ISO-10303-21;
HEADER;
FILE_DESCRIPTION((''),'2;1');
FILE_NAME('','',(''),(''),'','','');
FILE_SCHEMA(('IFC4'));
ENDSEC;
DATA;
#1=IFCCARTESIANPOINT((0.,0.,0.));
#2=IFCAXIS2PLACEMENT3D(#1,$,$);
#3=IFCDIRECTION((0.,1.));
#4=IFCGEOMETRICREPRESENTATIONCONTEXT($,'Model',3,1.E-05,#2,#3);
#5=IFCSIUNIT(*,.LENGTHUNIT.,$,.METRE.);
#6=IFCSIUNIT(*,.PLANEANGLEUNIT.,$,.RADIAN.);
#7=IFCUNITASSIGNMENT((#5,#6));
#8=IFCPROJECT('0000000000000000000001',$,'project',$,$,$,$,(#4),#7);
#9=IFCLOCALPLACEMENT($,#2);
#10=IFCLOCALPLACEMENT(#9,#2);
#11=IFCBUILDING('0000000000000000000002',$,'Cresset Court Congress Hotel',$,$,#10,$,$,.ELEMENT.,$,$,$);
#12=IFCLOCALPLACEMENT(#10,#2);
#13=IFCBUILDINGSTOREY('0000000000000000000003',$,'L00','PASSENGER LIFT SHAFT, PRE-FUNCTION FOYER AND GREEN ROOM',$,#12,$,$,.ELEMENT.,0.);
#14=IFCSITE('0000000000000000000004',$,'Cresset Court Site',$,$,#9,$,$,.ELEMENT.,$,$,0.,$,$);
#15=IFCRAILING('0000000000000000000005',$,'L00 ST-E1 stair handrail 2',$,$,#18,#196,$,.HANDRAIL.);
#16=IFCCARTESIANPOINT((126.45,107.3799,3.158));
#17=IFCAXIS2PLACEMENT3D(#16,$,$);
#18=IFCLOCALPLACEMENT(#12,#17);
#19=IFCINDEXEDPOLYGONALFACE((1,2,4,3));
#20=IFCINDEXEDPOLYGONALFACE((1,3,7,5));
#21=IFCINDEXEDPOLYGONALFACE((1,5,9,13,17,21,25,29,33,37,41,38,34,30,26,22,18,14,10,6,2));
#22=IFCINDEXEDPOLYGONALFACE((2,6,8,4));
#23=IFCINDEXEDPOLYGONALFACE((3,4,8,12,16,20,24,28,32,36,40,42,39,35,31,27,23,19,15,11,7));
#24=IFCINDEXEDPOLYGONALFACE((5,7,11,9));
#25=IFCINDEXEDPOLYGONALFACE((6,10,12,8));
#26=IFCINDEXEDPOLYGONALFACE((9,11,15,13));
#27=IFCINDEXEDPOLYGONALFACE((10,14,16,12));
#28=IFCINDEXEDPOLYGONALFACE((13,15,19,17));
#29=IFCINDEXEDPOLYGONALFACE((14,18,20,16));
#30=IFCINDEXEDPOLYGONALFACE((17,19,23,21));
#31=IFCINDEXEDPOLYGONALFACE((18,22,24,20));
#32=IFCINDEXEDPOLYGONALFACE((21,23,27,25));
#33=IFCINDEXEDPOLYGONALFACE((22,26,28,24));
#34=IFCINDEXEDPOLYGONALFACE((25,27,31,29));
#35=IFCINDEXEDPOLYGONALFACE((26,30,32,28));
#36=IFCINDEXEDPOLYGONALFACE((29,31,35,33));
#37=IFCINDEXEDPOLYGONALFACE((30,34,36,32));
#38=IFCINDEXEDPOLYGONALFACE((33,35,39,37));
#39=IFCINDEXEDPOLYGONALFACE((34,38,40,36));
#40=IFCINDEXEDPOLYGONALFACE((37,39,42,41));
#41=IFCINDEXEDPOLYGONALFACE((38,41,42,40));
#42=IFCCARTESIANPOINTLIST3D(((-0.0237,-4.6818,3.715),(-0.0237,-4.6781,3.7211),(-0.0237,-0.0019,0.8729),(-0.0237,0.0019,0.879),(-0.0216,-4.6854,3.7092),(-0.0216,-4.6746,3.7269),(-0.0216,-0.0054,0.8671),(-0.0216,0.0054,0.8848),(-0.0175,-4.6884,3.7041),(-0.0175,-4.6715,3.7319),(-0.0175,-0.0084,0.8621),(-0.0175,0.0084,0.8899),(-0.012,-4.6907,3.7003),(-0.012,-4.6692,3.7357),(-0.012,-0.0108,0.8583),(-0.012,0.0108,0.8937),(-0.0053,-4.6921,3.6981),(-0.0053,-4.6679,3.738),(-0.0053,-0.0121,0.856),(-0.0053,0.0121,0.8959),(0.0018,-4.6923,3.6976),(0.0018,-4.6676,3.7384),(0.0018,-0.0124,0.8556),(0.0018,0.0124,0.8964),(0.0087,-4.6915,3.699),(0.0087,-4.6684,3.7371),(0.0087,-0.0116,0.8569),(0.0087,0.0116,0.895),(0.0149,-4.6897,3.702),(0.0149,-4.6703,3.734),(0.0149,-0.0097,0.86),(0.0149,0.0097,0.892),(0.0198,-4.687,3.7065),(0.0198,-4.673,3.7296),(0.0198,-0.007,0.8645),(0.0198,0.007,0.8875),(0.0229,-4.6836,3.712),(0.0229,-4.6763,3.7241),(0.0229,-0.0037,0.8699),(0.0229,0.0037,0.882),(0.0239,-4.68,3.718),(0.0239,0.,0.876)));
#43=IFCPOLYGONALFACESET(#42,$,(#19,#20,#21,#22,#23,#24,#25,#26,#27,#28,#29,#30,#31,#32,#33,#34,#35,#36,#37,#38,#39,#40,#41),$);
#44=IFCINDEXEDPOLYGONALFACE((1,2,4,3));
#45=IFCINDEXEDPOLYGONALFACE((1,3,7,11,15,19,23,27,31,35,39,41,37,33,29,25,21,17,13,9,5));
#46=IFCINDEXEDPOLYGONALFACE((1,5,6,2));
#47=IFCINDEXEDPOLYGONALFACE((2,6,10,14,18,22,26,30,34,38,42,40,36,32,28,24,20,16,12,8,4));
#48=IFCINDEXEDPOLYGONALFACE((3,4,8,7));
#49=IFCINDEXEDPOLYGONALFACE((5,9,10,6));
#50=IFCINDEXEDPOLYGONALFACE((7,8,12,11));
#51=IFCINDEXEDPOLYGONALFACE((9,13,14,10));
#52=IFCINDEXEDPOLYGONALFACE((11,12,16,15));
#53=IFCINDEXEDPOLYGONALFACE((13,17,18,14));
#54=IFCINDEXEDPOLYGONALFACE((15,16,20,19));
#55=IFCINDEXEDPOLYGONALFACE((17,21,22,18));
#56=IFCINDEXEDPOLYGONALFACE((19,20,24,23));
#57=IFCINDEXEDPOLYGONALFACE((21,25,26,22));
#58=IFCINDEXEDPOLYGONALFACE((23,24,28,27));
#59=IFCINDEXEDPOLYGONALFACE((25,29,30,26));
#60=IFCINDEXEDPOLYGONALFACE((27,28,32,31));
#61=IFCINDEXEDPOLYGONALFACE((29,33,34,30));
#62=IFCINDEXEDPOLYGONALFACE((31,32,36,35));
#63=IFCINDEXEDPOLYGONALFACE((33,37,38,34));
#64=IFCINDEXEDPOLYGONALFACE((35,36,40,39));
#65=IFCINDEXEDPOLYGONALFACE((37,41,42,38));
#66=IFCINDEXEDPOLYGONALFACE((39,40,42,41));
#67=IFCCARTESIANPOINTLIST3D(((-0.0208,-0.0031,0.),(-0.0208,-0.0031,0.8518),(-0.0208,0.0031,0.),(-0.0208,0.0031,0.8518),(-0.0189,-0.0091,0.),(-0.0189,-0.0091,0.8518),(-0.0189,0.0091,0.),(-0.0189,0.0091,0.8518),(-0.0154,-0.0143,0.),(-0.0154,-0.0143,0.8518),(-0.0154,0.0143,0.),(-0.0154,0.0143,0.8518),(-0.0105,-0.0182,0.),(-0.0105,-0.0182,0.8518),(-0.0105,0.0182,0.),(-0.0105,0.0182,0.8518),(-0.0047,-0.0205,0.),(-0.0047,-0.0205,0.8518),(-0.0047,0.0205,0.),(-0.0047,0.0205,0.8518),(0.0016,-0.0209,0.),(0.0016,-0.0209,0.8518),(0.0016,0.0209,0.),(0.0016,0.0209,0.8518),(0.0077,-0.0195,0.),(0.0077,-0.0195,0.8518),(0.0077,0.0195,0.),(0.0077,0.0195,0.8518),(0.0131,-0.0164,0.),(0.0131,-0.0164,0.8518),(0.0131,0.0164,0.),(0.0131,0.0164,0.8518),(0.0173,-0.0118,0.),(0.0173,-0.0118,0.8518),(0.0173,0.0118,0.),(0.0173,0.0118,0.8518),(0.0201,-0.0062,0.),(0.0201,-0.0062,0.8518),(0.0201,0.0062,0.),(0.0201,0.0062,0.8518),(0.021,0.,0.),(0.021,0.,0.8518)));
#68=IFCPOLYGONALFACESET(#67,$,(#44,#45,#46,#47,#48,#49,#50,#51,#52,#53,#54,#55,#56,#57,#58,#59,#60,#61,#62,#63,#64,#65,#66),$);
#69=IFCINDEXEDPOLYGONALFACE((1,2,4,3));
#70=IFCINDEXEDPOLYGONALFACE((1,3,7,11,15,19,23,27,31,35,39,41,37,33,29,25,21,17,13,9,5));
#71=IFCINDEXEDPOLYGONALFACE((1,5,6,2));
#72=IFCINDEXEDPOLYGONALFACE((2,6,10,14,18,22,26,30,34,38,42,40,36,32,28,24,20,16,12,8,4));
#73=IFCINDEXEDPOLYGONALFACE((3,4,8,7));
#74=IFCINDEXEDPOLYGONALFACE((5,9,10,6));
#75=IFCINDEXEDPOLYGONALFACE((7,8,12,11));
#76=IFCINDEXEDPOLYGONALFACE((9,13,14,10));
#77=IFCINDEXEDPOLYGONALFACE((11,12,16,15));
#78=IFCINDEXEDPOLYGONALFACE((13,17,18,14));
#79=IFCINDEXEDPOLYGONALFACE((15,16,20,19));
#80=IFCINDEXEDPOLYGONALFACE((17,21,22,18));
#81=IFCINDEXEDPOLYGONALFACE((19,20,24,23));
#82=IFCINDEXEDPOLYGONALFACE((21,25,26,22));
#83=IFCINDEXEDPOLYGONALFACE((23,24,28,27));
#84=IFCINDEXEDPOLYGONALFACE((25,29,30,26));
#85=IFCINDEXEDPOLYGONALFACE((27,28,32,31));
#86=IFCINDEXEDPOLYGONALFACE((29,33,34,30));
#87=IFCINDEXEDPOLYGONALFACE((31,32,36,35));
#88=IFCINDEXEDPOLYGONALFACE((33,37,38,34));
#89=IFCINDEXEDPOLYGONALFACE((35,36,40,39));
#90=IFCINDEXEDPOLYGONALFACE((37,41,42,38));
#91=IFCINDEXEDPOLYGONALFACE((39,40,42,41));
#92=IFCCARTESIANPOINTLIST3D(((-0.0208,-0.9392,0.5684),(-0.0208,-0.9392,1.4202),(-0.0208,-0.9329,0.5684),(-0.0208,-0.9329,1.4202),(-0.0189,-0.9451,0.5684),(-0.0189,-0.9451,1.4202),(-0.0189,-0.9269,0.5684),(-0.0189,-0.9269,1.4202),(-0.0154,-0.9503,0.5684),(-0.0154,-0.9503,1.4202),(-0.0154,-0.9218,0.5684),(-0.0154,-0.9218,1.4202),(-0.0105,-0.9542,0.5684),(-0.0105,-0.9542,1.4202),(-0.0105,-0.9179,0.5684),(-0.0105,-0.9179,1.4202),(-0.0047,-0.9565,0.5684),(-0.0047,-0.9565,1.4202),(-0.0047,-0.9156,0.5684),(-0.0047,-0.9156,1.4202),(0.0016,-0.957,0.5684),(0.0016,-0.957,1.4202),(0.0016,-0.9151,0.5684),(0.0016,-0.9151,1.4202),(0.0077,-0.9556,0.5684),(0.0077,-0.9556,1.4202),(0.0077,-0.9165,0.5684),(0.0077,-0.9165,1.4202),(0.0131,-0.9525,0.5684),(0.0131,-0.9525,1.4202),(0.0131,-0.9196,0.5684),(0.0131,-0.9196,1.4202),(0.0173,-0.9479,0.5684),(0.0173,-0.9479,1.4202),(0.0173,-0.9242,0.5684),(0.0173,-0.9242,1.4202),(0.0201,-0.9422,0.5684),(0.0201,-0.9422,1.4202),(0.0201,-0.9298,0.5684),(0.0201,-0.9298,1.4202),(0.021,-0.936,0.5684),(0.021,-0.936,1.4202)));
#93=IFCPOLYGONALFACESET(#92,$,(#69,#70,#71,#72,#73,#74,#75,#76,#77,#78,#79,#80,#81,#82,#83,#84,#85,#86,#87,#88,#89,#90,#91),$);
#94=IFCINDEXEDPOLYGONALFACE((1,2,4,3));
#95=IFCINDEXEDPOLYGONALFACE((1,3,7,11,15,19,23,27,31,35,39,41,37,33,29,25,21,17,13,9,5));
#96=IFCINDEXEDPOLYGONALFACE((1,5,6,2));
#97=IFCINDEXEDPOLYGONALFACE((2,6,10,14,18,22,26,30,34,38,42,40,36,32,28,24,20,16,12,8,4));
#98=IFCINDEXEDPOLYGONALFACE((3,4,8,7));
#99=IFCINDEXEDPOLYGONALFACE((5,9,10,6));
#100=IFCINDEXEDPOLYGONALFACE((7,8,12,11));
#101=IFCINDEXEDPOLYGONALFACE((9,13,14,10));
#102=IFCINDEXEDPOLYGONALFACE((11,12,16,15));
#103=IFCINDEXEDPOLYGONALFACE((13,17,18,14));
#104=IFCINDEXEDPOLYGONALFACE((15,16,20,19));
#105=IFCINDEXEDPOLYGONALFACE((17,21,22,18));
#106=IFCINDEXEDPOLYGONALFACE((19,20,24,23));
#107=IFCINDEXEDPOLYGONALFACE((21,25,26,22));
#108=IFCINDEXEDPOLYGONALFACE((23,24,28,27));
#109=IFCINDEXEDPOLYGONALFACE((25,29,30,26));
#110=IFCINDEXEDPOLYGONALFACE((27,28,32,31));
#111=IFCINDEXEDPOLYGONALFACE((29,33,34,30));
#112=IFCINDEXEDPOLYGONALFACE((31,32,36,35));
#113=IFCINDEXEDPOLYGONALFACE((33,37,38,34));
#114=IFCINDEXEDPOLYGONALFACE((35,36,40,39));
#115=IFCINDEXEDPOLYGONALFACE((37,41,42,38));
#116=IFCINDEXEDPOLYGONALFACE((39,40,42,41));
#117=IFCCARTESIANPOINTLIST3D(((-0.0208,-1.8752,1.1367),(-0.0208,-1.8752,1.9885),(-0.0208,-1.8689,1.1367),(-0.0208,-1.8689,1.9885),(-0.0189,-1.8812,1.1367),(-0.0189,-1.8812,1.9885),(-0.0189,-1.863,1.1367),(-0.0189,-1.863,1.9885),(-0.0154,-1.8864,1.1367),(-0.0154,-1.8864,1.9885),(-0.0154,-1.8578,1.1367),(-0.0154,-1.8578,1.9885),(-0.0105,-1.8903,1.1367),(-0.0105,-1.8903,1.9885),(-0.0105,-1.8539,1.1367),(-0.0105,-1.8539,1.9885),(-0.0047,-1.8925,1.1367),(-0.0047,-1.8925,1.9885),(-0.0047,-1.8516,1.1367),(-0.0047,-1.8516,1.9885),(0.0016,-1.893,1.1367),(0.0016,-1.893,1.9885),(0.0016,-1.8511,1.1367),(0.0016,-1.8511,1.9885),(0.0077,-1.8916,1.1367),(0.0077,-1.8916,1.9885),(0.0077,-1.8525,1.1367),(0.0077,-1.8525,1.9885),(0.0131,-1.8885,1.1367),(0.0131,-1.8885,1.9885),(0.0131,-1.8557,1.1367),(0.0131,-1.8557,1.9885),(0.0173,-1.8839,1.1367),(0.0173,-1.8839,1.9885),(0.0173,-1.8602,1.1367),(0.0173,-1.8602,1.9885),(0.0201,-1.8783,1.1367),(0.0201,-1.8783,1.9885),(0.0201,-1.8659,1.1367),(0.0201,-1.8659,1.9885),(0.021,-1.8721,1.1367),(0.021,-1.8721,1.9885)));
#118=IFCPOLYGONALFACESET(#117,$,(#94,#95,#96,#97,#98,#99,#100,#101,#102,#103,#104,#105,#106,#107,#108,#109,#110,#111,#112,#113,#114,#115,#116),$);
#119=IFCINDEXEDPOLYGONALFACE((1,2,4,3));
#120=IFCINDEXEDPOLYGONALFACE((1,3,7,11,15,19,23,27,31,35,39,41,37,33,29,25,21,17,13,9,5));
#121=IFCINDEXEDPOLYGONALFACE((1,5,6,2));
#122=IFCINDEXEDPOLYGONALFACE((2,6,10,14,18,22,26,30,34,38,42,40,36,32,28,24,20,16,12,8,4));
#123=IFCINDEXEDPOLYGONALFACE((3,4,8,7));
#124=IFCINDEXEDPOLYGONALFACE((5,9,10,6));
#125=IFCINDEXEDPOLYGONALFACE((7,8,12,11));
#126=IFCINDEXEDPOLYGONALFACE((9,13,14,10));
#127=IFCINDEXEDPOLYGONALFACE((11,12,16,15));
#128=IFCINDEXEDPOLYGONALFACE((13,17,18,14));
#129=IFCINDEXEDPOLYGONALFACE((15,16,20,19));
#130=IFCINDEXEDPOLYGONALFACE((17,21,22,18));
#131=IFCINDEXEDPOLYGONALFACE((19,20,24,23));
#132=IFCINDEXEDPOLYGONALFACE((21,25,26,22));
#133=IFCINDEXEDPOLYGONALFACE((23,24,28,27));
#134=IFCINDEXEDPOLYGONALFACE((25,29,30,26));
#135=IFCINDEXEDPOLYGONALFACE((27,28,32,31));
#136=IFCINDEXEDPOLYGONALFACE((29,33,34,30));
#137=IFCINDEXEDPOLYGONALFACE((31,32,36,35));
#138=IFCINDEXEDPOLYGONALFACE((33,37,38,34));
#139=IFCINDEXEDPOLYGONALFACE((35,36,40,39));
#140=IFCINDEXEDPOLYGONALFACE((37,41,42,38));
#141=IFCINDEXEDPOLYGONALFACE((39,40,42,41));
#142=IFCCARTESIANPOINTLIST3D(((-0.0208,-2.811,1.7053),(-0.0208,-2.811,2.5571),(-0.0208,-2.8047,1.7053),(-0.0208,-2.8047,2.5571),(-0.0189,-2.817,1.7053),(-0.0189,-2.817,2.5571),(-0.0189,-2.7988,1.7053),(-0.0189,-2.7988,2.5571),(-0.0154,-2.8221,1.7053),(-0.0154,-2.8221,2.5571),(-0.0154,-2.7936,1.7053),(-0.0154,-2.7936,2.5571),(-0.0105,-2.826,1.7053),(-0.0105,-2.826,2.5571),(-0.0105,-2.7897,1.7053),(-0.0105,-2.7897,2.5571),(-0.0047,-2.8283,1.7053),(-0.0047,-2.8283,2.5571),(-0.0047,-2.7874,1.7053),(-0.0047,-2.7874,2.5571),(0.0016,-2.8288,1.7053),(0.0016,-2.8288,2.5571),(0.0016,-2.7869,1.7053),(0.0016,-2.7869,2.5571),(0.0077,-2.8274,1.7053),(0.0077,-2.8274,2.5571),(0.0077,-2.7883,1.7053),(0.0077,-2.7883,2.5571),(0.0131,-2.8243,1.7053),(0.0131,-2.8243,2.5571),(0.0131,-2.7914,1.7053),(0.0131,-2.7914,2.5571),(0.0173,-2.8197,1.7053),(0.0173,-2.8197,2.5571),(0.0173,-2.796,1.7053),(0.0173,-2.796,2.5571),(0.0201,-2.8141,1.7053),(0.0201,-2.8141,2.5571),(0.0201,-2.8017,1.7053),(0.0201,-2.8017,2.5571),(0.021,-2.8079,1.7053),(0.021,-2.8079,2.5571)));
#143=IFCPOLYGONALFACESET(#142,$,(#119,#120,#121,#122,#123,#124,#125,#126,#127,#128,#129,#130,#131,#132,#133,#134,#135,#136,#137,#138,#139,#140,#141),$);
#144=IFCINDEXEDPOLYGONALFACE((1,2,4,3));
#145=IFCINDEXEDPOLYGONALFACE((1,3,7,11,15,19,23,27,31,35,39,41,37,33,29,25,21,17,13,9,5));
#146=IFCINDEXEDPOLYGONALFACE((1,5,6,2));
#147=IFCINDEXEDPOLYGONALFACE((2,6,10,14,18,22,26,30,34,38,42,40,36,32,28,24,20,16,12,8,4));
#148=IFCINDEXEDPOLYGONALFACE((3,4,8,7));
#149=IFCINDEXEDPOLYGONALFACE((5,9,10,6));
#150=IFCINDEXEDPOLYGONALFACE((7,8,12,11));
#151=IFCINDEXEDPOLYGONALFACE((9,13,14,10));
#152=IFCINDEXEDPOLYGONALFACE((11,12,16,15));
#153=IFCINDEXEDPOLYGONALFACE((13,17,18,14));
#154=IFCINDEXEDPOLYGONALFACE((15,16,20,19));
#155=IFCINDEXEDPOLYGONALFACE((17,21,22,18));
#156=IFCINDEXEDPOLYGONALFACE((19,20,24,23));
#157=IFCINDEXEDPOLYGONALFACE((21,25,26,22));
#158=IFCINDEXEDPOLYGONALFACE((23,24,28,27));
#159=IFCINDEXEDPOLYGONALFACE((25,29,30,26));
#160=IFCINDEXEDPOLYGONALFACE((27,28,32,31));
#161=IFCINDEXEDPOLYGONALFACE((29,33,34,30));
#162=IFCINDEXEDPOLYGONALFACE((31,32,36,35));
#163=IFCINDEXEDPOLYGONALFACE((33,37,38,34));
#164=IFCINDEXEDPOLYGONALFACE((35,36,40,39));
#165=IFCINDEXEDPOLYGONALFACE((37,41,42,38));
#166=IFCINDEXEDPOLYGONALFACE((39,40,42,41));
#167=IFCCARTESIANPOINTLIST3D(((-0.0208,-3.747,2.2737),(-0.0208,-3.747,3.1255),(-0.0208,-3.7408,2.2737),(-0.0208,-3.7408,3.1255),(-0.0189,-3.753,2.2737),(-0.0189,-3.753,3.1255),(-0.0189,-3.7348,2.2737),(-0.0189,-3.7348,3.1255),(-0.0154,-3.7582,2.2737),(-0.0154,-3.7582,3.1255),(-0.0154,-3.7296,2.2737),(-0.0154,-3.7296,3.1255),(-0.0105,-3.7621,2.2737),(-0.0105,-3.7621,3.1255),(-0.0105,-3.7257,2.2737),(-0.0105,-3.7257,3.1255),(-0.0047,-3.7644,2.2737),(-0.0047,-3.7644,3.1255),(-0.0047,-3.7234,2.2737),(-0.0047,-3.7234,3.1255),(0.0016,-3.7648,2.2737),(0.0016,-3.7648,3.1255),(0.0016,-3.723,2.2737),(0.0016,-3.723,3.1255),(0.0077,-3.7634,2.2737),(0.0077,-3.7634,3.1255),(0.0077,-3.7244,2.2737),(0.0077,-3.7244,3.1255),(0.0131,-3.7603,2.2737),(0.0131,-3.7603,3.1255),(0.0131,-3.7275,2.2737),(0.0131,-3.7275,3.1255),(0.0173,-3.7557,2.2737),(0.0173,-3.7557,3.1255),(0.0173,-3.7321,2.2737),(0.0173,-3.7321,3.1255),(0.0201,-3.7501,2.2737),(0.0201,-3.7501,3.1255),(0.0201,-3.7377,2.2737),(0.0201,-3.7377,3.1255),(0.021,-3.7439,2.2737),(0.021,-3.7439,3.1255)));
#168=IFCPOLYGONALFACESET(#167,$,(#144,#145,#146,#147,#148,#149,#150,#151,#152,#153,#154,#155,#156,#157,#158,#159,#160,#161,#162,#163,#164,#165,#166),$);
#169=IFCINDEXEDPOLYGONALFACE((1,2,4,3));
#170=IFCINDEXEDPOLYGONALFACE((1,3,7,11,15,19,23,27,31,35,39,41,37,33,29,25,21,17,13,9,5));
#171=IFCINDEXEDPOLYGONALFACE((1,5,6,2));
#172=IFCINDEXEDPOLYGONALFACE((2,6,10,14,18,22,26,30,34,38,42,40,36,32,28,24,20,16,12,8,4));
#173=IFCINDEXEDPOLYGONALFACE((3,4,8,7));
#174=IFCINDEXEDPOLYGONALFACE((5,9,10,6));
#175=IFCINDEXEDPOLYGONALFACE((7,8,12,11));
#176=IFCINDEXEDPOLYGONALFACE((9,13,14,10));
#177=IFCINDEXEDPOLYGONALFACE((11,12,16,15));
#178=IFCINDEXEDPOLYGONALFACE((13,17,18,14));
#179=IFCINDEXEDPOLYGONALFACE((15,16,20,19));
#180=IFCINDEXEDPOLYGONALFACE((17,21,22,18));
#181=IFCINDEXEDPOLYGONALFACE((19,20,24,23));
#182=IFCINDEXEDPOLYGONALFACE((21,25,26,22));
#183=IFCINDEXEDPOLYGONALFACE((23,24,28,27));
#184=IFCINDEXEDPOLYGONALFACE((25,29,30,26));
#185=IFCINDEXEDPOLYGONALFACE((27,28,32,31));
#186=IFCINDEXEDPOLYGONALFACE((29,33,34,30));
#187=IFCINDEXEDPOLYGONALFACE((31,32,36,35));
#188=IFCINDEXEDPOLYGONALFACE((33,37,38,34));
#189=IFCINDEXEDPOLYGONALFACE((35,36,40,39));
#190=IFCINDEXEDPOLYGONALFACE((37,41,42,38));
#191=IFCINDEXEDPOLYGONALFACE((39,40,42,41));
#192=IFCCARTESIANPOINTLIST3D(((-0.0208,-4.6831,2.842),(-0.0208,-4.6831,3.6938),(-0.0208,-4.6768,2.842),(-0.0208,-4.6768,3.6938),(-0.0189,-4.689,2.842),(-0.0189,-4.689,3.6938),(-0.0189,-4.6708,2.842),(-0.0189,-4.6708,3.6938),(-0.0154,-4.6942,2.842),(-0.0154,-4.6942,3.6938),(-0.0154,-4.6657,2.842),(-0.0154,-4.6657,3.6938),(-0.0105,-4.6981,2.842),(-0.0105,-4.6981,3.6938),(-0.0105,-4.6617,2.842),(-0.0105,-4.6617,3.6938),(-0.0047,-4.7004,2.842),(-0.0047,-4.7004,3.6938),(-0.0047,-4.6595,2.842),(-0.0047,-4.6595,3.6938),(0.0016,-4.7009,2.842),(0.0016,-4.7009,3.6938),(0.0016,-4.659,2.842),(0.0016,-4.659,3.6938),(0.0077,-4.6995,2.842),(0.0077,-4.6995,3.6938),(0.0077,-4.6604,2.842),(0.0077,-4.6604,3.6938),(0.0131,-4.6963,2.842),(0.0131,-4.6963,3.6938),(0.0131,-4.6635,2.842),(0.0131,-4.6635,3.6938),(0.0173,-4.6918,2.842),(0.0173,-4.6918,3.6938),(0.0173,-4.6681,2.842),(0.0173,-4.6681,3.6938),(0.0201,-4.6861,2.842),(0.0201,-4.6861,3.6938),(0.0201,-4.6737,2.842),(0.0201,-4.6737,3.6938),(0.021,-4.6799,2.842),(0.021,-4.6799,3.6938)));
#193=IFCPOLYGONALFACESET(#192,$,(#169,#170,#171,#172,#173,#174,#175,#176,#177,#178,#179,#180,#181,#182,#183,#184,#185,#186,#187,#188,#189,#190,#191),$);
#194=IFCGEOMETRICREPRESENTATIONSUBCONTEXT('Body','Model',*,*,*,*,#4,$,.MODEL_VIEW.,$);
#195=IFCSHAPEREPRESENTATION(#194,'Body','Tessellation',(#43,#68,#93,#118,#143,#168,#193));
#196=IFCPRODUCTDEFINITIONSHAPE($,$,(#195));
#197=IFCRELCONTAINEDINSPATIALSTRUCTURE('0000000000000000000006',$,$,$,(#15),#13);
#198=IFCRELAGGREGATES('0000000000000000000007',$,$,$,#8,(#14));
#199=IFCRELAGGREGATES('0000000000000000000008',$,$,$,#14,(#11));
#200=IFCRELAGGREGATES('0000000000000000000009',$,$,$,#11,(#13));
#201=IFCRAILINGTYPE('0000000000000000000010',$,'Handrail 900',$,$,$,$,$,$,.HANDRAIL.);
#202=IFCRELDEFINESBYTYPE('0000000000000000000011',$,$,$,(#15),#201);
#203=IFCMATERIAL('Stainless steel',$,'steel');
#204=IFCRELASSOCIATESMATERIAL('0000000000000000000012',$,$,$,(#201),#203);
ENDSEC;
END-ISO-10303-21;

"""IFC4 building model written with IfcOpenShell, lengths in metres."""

from ifc_helpers import new_model, si_unit, direction, frame, origin, origin_2d, place, context, subcontext, project, spatial, circle, extrude, material, type_object, element, save


model = new_model("IFC4")

# Units and contexts
model_context = context("Model", 3, precision=1e-05, world=origin(), true_north=direction((0.0, 1.0)))
body_context = subcontext(model_context, "Body", "Model", "MODEL_VIEW")
ifc_project = project(units=[si_unit("LENGTHUNIT", "METRE"), si_unit("PLANEANGLEUNIT", "RADIAN")], contexts=[model_context])

# Site, building, storey
site_placement = place(None, origin())
site = spatial("IfcSite", under=ifc_project, at=site_placement, Name="Cresset Court Site", CompositionType="ELEMENT", RefElevation=0.0)
building_placement = place(site_placement, origin())
building = spatial("IfcBuilding", under=site, at=building_placement, Name="Cresset Court Congress Hotel", CompositionType="ELEMENT")
storey_placement = place(building_placement, origin())
storey = spatial("IfcBuildingStorey", under=building, at=storey_placement, Name="L00", Description="PASSENGER LIFT SHAFT, PRE-FUNCTION FOYER AND GREEN ROOM", CompositionType="ELEMENT", Elevation=0.0)

# Railing
ifc_material_1 = material(Name="Stainless steel", Category="steel")
railing_type_1 = type_object("IfcRailingType", Name="Handrail 900", PredefinedType="HANDRAIL", material=ifc_material_1)
railing_1_placement = place(storey_placement, frame((126.45, 107.3799, 3.158)))
element("IfcRailing", 1, at=railing_1_placement, inside=storey, type_object=railing_type_1, Name="L00 ST-E1 stair handrail 2", PredefinedType="HANDRAIL", context=body_context, shape_type="SweptSolid", body=[
    extrude(circle(Radius=0.0239, at=origin_2d()), frame((0.0, 0.0, 0.876), z_axis=(0.0, -0.854735, 0.519065), x_axis=(1.0, 0.0, 0.0)), (0.0, 0.0, 1.0), 5.4753),
    extrude(circle(Radius=0.021, at=origin_2d()), origin(), (0.0, 0.0, 1.0), 0.8518),
    extrude(circle(Radius=0.021, at=origin_2d()), frame((0.0, -0.936, 0.5684)), (0.0, 0.0, 1.0), 0.8518),
    extrude(circle(Radius=0.021, at=origin_2d()), frame((0.0, -1.8721, 1.1367)), (0.0, 0.0, 1.0), 0.8518),
    extrude(circle(Radius=0.021, at=origin_2d()), frame((0.0, -2.8079, 1.7053)), (0.0, 0.0, 1.0), 0.8518),
    extrude(circle(Radius=0.021, at=origin_2d()), frame((0.0, -3.7439, 2.2737)), (0.0, 0.0, 1.0), 0.8518),
    extrude(circle(Radius=0.021, at=origin_2d()), frame((0.0, -4.6799, 2.842)), (0.0, 0.0, 1.0), 0.8518),
])

save(model, "model.ifc")
